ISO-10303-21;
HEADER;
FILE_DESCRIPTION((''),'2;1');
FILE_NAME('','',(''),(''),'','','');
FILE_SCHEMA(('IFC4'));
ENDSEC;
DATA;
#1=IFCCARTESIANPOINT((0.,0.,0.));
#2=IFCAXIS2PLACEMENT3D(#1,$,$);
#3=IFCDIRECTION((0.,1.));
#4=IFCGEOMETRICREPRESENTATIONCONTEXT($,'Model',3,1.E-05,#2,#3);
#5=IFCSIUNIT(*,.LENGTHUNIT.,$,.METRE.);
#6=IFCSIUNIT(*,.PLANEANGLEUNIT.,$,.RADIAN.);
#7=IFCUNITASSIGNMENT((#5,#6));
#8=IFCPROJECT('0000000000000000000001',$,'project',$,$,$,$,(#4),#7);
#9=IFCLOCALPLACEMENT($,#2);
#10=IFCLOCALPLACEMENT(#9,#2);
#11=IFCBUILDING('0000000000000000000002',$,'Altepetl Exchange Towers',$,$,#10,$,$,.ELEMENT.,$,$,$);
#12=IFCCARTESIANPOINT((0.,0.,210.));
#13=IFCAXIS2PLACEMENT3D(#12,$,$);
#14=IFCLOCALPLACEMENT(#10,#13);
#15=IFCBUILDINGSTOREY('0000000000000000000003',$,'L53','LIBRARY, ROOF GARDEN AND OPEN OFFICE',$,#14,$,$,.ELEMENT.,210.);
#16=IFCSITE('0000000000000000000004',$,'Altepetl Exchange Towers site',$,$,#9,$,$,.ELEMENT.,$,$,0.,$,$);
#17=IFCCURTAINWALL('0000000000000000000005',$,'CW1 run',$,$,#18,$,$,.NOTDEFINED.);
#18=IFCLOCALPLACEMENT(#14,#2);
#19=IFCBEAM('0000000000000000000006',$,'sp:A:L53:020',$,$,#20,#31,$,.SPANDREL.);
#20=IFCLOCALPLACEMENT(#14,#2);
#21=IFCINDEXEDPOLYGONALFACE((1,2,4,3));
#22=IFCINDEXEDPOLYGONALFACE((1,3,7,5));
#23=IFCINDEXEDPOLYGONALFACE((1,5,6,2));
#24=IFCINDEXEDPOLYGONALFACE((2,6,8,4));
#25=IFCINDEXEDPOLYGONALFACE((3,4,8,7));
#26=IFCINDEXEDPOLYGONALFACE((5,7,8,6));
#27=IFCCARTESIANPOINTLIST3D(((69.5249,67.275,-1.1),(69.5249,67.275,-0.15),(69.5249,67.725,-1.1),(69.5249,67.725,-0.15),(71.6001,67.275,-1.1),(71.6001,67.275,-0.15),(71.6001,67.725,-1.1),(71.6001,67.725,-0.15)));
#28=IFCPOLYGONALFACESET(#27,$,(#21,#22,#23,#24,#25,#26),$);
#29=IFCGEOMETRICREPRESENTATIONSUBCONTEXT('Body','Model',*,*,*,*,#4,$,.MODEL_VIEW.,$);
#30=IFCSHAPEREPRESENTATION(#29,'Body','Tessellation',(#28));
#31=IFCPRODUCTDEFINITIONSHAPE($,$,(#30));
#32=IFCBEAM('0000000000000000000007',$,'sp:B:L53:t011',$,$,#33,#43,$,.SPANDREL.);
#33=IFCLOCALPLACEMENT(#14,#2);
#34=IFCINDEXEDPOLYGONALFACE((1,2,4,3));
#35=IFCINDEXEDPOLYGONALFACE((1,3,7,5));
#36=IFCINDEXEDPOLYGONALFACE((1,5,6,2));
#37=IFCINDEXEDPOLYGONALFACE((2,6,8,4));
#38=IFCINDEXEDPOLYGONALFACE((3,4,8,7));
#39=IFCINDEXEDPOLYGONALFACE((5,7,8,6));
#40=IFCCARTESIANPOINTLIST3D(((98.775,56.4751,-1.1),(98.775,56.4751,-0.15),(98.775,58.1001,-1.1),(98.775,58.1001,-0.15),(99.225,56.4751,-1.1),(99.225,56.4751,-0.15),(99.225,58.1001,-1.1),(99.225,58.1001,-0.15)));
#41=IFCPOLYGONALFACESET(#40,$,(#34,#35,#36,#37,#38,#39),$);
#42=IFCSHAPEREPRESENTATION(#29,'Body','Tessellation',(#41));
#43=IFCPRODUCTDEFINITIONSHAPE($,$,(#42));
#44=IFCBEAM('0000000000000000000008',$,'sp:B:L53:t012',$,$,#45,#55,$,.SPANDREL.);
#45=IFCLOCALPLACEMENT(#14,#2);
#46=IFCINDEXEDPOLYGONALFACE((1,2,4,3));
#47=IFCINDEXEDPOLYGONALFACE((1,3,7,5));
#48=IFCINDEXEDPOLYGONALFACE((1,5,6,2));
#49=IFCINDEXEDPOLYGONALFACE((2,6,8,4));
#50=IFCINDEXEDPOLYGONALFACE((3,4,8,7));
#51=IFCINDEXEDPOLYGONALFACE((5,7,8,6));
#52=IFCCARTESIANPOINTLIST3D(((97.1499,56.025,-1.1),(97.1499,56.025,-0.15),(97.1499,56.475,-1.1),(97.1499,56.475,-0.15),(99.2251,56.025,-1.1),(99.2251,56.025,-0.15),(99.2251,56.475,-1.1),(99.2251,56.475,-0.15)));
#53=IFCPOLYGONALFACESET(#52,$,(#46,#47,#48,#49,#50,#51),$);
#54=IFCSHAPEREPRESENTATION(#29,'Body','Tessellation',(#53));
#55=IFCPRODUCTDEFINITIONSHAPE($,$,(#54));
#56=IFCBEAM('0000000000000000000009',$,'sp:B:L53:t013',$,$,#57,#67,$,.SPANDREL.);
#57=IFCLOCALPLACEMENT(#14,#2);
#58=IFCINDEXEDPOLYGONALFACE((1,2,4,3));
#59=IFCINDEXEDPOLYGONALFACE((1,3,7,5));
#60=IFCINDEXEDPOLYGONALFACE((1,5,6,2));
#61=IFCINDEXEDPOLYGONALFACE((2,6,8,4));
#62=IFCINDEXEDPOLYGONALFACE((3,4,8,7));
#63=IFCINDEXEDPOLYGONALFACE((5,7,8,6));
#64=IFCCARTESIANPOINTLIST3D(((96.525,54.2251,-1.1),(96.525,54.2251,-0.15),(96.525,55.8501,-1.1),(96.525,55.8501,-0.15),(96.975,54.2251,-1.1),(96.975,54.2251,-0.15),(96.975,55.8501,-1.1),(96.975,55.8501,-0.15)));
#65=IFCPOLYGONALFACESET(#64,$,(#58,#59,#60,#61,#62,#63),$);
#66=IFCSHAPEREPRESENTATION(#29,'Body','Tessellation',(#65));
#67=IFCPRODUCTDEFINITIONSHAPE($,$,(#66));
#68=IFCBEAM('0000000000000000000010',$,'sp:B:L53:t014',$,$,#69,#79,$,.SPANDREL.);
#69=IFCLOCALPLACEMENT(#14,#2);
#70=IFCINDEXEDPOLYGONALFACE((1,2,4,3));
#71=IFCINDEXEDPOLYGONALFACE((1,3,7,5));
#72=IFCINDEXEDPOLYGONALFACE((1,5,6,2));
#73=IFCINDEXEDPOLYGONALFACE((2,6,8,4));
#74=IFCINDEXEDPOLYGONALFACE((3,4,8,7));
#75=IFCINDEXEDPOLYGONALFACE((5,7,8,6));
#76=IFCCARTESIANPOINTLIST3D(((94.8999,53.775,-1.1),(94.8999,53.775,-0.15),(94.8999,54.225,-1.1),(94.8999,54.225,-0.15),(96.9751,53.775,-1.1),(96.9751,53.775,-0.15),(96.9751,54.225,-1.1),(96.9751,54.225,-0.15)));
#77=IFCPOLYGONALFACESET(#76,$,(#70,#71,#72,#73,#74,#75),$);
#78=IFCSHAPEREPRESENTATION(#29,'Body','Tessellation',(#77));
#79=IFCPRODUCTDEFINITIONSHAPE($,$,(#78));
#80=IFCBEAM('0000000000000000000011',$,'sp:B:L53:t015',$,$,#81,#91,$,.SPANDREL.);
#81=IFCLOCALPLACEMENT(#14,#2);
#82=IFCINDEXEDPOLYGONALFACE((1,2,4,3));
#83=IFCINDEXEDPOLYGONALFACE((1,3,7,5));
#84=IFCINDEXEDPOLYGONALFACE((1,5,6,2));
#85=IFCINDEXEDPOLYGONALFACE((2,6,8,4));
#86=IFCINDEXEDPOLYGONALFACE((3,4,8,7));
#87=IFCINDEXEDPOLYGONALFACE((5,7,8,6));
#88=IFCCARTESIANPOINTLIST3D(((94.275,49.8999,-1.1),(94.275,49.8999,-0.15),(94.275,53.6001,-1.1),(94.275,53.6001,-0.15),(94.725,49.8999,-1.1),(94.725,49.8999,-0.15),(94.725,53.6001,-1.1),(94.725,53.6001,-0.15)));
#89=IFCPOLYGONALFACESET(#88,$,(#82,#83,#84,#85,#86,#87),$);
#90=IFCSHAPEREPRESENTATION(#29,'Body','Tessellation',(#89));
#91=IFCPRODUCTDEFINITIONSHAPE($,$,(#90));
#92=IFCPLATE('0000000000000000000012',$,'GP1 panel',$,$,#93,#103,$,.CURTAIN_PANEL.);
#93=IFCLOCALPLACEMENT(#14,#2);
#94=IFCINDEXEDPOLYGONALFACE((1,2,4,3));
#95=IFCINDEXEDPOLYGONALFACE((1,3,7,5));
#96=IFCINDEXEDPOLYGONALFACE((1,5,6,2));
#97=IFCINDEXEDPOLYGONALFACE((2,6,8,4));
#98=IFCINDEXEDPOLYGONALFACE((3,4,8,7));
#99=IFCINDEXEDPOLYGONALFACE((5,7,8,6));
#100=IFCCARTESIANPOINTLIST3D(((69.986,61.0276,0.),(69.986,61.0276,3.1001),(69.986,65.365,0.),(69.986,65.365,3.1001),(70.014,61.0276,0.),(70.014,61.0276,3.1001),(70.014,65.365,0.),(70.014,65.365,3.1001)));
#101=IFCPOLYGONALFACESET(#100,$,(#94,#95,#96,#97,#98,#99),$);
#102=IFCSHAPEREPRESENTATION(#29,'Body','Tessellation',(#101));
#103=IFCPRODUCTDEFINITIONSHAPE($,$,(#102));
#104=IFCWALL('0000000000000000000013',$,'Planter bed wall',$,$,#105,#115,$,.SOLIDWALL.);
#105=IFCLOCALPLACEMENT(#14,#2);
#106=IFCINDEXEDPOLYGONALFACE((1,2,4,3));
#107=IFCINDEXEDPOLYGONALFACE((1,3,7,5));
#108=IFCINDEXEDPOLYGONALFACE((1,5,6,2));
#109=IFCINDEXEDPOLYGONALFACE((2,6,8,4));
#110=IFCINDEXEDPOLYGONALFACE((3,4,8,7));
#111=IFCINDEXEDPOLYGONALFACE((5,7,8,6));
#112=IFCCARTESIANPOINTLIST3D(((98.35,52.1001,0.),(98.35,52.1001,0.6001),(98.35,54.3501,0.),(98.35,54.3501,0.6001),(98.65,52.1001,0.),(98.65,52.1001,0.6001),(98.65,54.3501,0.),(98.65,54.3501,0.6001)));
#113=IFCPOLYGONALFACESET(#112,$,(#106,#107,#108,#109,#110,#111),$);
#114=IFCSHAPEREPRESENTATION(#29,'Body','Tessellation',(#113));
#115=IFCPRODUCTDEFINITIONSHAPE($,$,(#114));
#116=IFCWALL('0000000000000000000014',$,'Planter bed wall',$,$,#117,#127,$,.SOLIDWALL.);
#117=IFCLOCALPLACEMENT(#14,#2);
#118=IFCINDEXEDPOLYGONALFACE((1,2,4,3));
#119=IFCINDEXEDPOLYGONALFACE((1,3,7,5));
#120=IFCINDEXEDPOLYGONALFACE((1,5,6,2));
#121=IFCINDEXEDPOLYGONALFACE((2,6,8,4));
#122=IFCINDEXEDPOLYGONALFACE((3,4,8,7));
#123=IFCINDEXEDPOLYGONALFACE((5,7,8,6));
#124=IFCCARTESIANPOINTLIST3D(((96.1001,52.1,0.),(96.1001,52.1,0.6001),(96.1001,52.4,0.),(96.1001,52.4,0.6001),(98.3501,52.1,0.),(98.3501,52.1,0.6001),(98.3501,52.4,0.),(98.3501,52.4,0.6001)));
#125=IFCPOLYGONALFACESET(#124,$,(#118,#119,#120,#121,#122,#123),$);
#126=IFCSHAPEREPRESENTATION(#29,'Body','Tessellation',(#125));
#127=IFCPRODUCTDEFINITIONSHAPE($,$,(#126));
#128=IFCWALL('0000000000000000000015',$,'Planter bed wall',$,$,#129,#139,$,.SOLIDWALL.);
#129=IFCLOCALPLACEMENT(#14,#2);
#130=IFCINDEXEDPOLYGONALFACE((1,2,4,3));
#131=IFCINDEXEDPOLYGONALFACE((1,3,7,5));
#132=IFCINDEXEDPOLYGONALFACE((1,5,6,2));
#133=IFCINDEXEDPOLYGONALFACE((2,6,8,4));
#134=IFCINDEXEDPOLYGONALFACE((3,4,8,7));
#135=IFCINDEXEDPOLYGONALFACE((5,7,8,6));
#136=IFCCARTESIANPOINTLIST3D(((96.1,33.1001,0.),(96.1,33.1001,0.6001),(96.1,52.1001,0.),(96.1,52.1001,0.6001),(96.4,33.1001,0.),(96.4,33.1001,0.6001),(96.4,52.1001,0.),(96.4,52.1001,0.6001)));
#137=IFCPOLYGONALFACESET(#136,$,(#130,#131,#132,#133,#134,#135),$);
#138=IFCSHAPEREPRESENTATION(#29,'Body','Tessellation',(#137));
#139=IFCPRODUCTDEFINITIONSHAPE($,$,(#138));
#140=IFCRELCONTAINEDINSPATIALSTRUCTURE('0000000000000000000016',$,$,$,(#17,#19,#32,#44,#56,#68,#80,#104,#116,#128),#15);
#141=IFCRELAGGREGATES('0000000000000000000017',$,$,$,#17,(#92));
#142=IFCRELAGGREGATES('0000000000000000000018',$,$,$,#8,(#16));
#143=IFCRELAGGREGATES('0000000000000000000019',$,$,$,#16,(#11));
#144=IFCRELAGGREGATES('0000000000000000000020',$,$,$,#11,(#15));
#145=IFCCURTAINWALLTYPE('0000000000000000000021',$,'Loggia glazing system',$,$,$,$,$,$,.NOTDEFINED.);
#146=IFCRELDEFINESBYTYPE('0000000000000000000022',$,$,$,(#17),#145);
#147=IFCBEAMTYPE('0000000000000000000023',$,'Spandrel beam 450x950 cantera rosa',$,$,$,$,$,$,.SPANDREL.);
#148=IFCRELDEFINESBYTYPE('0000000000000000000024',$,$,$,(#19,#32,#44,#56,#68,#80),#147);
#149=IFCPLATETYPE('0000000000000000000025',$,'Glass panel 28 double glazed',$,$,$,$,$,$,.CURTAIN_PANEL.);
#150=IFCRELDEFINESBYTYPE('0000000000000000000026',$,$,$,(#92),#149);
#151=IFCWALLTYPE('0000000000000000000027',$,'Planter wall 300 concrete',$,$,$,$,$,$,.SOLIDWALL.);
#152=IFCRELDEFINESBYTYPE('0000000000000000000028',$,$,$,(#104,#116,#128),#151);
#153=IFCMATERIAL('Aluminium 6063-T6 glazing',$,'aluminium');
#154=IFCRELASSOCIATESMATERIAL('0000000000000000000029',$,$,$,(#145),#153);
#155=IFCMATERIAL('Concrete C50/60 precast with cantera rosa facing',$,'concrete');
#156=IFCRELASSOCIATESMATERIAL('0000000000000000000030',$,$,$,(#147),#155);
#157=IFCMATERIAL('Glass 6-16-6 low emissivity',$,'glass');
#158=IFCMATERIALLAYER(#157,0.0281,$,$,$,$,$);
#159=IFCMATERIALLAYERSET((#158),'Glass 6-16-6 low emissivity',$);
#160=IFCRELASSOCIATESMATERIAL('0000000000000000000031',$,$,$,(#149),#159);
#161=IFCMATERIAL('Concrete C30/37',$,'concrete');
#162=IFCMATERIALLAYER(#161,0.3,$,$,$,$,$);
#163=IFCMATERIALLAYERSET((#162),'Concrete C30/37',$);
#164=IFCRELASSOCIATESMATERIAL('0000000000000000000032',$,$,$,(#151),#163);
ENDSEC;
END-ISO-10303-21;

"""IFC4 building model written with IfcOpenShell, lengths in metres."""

from ifc_helpers import new_model, si_unit, direction, frame, frame_2d, origin, origin_2d, place, context, subcontext, project, spatial, rectangle, extrude, material, layer, layer_set, material_profile, profile_set, type_object, element, aggregate, save


model = new_model("IFC4")

# Units and contexts
model_context = context("Model", 3, precision=1e-05, world=origin(), true_north=direction((0.0, 1.0)))
body_context = subcontext(model_context, "Body", "Model", "MODEL_VIEW")
ifc_project = project(units=[si_unit("LENGTHUNIT", "METRE"), si_unit("PLANEANGLEUNIT", "RADIAN")], contexts=[model_context])

# Site, building, storey
site_placement = place(None, origin())
site = spatial("IfcSite", under=ifc_project, at=site_placement, Name="Altepetl Exchange Towers site", CompositionType="ELEMENT", RefElevation=0.0)
building_placement = place(site_placement, origin())
building = spatial("IfcBuilding", under=site, at=building_placement, Name="Altepetl Exchange Towers", CompositionType="ELEMENT")
storey_placement = place(building_placement, frame((0.0, 0.0, 210.0)))
storey = spatial("IfcBuildingStorey", under=building, at=storey_placement, Name="L53", Description="LIBRARY, ROOF GARDEN AND OPEN OFFICE", CompositionType="ELEMENT", Elevation=210.0)

# Curtain wall
ifc_material_1 = material(Name="Aluminium 6063-T6 glazing", Category="aluminium")
curtain_wall_type = type_object("IfcCurtainWallType", Name="Loggia glazing system", PredefinedType="NOTDEFINED", material=ifc_material_1)
curtain_wall_placement = place(storey_placement, origin())
curtain_wall = element("IfcCurtainWall", 1, at=curtain_wall_placement, inside=storey, type_object=curtain_wall_type, Name="CW1 run", PredefinedType="NOTDEFINED")

# Beams
ifc_material_2 = material(Name="Concrete C50/60 precast with cantera rosa facing", Category="concrete")
ifc_material_profile_1 = material_profile(ifc_material_2, rectangle(XDim=0.45, YDim=0.95, at=origin_2d()), Name="450 x 950")
ifc_profile_set_1 = profile_set([ifc_material_profile_1], Name="Concrete C50/60 precast with cantera rosa facing")
beam_type_1 = type_object("IfcBeamType", Name="Spandrel beam 450x950 cantera rosa", PredefinedType="SPANDREL", material=ifc_profile_set_1)
beam_1_placement = place(storey_placement, frame((71.6001, 67.5, -0.625), z_axis=(-1.0, 0.0, 0.0), x_axis=(0.0, -1.0, 0.0)))
element("IfcBeam", 2, at=beam_1_placement, inside=storey, type_object=beam_type_1, Name="sp:A:L53:020", PredefinedType="SPANDREL", context=body_context, shape_type="SweptSolid", body=[
    extrude(rectangle(XDim=0.45, YDim=0.95, at=origin_2d()), origin(), (0.0, 0.0, 1.0), 2.0752),
])
beam_2_placement = place(storey_placement, frame((99.0, 58.1001, -0.625), z_axis=(0.0, -1.0, 0.0), x_axis=(1.0, 0.0, 0.0)))
element("IfcBeam", 3, at=beam_2_placement, inside=storey, type_object=beam_type_1, Name="sp:B:L53:t011", PredefinedType="SPANDREL", context=body_context, shape_type="SweptSolid", body=[
    extrude(rectangle(XDim=0.45, YDim=0.95, at=origin_2d()), origin(), (0.0, 0.0, 1.0), 1.625),
])
beam_3_placement = place(storey_placement, frame((99.2251, 56.25, -0.625), z_axis=(-1.0, 0.0, 0.0), x_axis=(0.0, -1.0, 0.0)))
element("IfcBeam", 4, at=beam_3_placement, inside=storey, type_object=beam_type_1, Name="sp:B:L53:t012", PredefinedType="SPANDREL", context=body_context, shape_type="SweptSolid", body=[
    extrude(rectangle(XDim=0.45, YDim=0.95, at=origin_2d()), origin(), (0.0, 0.0, 1.0), 2.0752),
])
beam_4_placement = place(storey_placement, frame((96.75, 55.8501, -0.625), z_axis=(0.0, -1.0, 0.0), x_axis=(1.0, 0.0, 0.0)))
element("IfcBeam", 5, at=beam_4_placement, inside=storey, type_object=beam_type_1, Name="sp:B:L53:t013", PredefinedType="SPANDREL", context=body_context, shape_type="SweptSolid", body=[
    extrude(rectangle(XDim=0.45, YDim=0.95, at=origin_2d()), origin(), (0.0, 0.0, 1.0), 1.625),
])
beam_5_placement = place(storey_placement, frame((96.9751, 54.0, -0.625), z_axis=(-1.0, 0.0, 0.0), x_axis=(0.0, -1.0, 0.0)))
element("IfcBeam", 6, at=beam_5_placement, inside=storey, type_object=beam_type_1, Name="sp:B:L53:t014", PredefinedType="SPANDREL", context=body_context, shape_type="SweptSolid", body=[
    extrude(rectangle(XDim=0.45, YDim=0.95, at=origin_2d()), origin(), (0.0, 0.0, 1.0), 2.0752),
])
beam_6_placement = place(storey_placement, frame((94.5, 53.6001, -0.625), z_axis=(0.0, -1.0, 0.0), x_axis=(1.0, 0.0, 0.0)))
element("IfcBeam", 7, at=beam_6_placement, inside=storey, type_object=beam_type_1, Name="sp:B:L53:t015", PredefinedType="SPANDREL", context=body_context, shape_type="SweptSolid", body=[
    extrude(rectangle(XDim=0.45, YDim=0.95, at=origin_2d()), origin(), (0.0, 0.0, 1.0), 3.7002),
])

# Plate
ifc_material_3 = material(Name="Glass 6-16-6 low emissivity", Category="glass")
ifc_layer_1 = layer(ifc_material_3, 0.0281)
ifc_layer_set_1 = layer_set([ifc_layer_1], Name="Glass 6-16-6 low emissivity")
plate_type = type_object("IfcPlateType", Name="Glass panel 28 double glazed", PredefinedType="CURTAIN_PANEL", material=ifc_layer_set_1)
plate_placement = place(storey_placement, frame((70.0, 63.1963, 0.0), z_axis=(0.0, 0.0, 1.0), x_axis=(0.0, 1.0, 0.0)))
plate = element("IfcPlate", 8, at=plate_placement, type_object=plate_type, Name="GP1 panel", PredefinedType="CURTAIN_PANEL", context=body_context, shape_type="SweptSolid", body=[
    extrude(rectangle(XDim=4.3374, YDim=0.0281, at=origin_2d()), origin(), (0.0, 0.0, 1.0), 3.1001),
])
aggregate(curtain_wall, [plate])

# Walls
ifc_material_4 = material(Name="Concrete C30/37", Category="concrete")
ifc_layer_2 = layer(ifc_material_4, 0.3)
ifc_layer_set_2 = layer_set([ifc_layer_2], Name="Concrete C30/37")
wall_type = type_object("IfcWallType", Name="Planter wall 300 concrete", PredefinedType="SOLIDWALL", material=ifc_layer_set_2)
for number, where, z_axis, x_axis, name in (
    (9, (98.5, 54.3501, 0.0), (0.0, 0.0, 1.0), (0.0, -1.0, 0.0), "Planter bed wall"),
    (10, (98.3501, 52.25, 0.0), (0.0, 0.0, 1.0), (-1.0, 0.0, 0.0), "Planter bed wall"),
):
    element("IfcWall", number, at=place(storey_placement, frame(where, z_axis=z_axis, x_axis=x_axis)), inside=storey, type_object=wall_type, Name=name, PredefinedType="SOLIDWALL", context=body_context, shape_type="SweptSolid", body=[
        extrude(rectangle(XDim=2.25, YDim=0.3, at=frame_2d((1.125, 0.0))), origin(), (0.0, 0.0, 1.0), 0.6001),
    ])
wall_placement = place(storey_placement, frame((96.25, 52.1001, 0.0), z_axis=(0.0, 0.0, 1.0), x_axis=(0.0, -1.0, 0.0)))
element("IfcWall", 11, at=wall_placement, inside=storey, type_object=wall_type, Name="Planter bed wall", PredefinedType="SOLIDWALL", context=body_context, shape_type="SweptSolid", body=[
    extrude(rectangle(XDim=19.0, YDim=0.3, at=frame_2d((9.5, 0.0))), origin(), (0.0, 0.0, 1.0), 0.6001),
])

save(model, "model.ifc")
